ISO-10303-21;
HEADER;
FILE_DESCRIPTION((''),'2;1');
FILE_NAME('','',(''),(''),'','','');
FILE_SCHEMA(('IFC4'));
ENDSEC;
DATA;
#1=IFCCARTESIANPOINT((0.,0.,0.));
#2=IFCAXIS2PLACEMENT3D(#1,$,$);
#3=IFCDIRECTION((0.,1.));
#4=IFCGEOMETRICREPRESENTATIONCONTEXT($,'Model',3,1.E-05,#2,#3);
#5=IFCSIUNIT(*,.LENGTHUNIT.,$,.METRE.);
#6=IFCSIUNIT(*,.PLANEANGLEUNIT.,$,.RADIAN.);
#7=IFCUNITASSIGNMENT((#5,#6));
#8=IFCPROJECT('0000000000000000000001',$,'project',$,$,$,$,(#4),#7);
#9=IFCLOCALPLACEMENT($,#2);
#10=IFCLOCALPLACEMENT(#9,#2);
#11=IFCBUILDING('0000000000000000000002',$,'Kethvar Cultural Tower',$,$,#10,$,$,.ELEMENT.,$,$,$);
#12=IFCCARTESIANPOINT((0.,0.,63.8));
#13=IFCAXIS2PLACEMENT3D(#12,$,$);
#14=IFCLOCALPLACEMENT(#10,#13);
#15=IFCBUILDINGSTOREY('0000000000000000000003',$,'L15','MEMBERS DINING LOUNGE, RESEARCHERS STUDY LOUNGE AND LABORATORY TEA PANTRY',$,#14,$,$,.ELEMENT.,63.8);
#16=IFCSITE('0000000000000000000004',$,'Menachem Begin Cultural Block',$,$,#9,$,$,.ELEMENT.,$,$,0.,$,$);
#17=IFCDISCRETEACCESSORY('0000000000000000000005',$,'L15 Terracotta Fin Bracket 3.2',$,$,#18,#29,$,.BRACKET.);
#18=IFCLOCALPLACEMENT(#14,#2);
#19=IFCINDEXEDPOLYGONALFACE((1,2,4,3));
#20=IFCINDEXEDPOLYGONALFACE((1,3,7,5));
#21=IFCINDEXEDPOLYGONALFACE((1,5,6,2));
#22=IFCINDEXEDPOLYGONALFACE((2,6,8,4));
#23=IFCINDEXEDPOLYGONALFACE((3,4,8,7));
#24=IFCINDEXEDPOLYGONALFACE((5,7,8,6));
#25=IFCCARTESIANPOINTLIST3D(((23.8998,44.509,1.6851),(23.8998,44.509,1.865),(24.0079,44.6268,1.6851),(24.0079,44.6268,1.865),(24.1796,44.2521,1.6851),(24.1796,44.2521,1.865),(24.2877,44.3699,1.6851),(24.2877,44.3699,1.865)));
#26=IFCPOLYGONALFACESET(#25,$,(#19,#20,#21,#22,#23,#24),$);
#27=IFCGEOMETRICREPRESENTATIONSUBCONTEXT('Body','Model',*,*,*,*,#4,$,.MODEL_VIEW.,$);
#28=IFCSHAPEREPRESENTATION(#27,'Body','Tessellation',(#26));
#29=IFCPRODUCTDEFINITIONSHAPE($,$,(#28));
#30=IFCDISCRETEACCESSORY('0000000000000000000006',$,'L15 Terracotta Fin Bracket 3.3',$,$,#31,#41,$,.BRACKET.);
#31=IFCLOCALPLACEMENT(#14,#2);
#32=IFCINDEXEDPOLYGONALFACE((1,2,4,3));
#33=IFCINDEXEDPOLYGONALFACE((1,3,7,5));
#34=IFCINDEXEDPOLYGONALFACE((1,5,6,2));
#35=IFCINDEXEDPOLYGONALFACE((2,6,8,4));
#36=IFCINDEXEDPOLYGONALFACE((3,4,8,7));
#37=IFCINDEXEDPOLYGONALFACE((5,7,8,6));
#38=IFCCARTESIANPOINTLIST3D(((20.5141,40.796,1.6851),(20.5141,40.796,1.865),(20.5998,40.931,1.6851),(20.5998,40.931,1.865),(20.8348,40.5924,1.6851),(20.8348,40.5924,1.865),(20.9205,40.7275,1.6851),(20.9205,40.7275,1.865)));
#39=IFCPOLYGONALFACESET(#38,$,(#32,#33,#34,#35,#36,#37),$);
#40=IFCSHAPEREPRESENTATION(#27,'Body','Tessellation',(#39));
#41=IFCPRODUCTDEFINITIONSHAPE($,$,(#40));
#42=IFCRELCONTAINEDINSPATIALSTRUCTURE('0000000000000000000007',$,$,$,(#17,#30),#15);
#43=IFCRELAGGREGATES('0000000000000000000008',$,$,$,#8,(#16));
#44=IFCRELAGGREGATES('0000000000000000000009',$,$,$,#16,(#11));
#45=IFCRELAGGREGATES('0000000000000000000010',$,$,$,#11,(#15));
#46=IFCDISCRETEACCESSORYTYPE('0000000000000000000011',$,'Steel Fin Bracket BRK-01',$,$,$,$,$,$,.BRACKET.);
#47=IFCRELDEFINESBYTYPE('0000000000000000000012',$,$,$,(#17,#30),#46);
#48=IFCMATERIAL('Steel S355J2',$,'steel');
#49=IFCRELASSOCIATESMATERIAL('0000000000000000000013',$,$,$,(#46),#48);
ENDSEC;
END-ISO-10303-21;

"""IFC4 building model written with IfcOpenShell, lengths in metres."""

from ifc_helpers import new_model, si_unit, direction, frame, origin, origin_2d, place, context, subcontext, project, spatial, rectangle, extrude, source, transform, mapped, material, type_object, element, save


model = new_model("IFC4")

# Units and contexts
model_context = context("Model", 3, precision=1e-05, world=origin(), true_north=direction((0.0, 1.0)))
body_context = subcontext(model_context, "Body", "Model", "MODEL_VIEW")
ifc_project = project(units=[si_unit("LENGTHUNIT", "METRE"), si_unit("PLANEANGLEUNIT", "RADIAN")], contexts=[model_context])

# Site, building, storey
site_placement = place(None, origin())
site = spatial("IfcSite", under=ifc_project, at=site_placement, Name="Menachem Begin Cultural Block", CompositionType="ELEMENT", RefElevation=0.0)
building_placement = place(site_placement, origin())
building = spatial("IfcBuilding", under=site, at=building_placement, Name="Kethvar Cultural Tower", CompositionType="ELEMENT")
storey_placement = place(building_placement, frame((0.0, 0.0, 63.8)))
storey = spatial("IfcBuildingStorey", under=building, at=storey_placement, Name="L15", Description="MEMBERS DINING LOUNGE, RESEARCHERS STUDY LOUNGE AND LABORATORY TEA PANTRY", CompositionType="ELEMENT", Elevation=63.8)

# Shared definitions
ifc_material_1 = material(Name="Steel S355J2", Category="steel")

# Discrete accessories
discrete_accessory_type = type_object("IfcDiscreteAccessoryType", Name="Steel Fin Bracket BRK-01", PredefinedType="BRACKET", material=ifc_material_1)
shared_shape_1 = source(origin(), body_context, "Body", "SweptSolid", [
    extrude(rectangle(XDim=0.3799, YDim=0.1599, at=origin_2d()), origin(), (0.0, 0.0, 1.0), 0.1799),
])
for number, where, z_axis, x_axis, name in (
    (1, (24.0938, 44.4395, 1.6851), (0.0, 0.0, 1.0), (-0.736569, 0.676362, 0.0), "L15 Terracotta Fin Bracket 3.2"),
    (2, (20.7173, 40.7617, 1.6851), (0.0, 0.0, 1.0), (-0.844328, 0.535827, 0.0), "L15 Terracotta Fin Bracket 3.3"),
):
    element("IfcDiscreteAccessory", number, at=place(storey_placement, frame(where, z_axis=z_axis, x_axis=x_axis)), inside=storey, type_object=discrete_accessory_type, Name=name, PredefinedType="BRACKET", context=body_context, shape_type="MappedRepresentation", body=[
        mapped(shared_shape_1, transform((0.0, 0.0, 0.0), scale=1.0)),
    ])

save(model, "model.ifc")
